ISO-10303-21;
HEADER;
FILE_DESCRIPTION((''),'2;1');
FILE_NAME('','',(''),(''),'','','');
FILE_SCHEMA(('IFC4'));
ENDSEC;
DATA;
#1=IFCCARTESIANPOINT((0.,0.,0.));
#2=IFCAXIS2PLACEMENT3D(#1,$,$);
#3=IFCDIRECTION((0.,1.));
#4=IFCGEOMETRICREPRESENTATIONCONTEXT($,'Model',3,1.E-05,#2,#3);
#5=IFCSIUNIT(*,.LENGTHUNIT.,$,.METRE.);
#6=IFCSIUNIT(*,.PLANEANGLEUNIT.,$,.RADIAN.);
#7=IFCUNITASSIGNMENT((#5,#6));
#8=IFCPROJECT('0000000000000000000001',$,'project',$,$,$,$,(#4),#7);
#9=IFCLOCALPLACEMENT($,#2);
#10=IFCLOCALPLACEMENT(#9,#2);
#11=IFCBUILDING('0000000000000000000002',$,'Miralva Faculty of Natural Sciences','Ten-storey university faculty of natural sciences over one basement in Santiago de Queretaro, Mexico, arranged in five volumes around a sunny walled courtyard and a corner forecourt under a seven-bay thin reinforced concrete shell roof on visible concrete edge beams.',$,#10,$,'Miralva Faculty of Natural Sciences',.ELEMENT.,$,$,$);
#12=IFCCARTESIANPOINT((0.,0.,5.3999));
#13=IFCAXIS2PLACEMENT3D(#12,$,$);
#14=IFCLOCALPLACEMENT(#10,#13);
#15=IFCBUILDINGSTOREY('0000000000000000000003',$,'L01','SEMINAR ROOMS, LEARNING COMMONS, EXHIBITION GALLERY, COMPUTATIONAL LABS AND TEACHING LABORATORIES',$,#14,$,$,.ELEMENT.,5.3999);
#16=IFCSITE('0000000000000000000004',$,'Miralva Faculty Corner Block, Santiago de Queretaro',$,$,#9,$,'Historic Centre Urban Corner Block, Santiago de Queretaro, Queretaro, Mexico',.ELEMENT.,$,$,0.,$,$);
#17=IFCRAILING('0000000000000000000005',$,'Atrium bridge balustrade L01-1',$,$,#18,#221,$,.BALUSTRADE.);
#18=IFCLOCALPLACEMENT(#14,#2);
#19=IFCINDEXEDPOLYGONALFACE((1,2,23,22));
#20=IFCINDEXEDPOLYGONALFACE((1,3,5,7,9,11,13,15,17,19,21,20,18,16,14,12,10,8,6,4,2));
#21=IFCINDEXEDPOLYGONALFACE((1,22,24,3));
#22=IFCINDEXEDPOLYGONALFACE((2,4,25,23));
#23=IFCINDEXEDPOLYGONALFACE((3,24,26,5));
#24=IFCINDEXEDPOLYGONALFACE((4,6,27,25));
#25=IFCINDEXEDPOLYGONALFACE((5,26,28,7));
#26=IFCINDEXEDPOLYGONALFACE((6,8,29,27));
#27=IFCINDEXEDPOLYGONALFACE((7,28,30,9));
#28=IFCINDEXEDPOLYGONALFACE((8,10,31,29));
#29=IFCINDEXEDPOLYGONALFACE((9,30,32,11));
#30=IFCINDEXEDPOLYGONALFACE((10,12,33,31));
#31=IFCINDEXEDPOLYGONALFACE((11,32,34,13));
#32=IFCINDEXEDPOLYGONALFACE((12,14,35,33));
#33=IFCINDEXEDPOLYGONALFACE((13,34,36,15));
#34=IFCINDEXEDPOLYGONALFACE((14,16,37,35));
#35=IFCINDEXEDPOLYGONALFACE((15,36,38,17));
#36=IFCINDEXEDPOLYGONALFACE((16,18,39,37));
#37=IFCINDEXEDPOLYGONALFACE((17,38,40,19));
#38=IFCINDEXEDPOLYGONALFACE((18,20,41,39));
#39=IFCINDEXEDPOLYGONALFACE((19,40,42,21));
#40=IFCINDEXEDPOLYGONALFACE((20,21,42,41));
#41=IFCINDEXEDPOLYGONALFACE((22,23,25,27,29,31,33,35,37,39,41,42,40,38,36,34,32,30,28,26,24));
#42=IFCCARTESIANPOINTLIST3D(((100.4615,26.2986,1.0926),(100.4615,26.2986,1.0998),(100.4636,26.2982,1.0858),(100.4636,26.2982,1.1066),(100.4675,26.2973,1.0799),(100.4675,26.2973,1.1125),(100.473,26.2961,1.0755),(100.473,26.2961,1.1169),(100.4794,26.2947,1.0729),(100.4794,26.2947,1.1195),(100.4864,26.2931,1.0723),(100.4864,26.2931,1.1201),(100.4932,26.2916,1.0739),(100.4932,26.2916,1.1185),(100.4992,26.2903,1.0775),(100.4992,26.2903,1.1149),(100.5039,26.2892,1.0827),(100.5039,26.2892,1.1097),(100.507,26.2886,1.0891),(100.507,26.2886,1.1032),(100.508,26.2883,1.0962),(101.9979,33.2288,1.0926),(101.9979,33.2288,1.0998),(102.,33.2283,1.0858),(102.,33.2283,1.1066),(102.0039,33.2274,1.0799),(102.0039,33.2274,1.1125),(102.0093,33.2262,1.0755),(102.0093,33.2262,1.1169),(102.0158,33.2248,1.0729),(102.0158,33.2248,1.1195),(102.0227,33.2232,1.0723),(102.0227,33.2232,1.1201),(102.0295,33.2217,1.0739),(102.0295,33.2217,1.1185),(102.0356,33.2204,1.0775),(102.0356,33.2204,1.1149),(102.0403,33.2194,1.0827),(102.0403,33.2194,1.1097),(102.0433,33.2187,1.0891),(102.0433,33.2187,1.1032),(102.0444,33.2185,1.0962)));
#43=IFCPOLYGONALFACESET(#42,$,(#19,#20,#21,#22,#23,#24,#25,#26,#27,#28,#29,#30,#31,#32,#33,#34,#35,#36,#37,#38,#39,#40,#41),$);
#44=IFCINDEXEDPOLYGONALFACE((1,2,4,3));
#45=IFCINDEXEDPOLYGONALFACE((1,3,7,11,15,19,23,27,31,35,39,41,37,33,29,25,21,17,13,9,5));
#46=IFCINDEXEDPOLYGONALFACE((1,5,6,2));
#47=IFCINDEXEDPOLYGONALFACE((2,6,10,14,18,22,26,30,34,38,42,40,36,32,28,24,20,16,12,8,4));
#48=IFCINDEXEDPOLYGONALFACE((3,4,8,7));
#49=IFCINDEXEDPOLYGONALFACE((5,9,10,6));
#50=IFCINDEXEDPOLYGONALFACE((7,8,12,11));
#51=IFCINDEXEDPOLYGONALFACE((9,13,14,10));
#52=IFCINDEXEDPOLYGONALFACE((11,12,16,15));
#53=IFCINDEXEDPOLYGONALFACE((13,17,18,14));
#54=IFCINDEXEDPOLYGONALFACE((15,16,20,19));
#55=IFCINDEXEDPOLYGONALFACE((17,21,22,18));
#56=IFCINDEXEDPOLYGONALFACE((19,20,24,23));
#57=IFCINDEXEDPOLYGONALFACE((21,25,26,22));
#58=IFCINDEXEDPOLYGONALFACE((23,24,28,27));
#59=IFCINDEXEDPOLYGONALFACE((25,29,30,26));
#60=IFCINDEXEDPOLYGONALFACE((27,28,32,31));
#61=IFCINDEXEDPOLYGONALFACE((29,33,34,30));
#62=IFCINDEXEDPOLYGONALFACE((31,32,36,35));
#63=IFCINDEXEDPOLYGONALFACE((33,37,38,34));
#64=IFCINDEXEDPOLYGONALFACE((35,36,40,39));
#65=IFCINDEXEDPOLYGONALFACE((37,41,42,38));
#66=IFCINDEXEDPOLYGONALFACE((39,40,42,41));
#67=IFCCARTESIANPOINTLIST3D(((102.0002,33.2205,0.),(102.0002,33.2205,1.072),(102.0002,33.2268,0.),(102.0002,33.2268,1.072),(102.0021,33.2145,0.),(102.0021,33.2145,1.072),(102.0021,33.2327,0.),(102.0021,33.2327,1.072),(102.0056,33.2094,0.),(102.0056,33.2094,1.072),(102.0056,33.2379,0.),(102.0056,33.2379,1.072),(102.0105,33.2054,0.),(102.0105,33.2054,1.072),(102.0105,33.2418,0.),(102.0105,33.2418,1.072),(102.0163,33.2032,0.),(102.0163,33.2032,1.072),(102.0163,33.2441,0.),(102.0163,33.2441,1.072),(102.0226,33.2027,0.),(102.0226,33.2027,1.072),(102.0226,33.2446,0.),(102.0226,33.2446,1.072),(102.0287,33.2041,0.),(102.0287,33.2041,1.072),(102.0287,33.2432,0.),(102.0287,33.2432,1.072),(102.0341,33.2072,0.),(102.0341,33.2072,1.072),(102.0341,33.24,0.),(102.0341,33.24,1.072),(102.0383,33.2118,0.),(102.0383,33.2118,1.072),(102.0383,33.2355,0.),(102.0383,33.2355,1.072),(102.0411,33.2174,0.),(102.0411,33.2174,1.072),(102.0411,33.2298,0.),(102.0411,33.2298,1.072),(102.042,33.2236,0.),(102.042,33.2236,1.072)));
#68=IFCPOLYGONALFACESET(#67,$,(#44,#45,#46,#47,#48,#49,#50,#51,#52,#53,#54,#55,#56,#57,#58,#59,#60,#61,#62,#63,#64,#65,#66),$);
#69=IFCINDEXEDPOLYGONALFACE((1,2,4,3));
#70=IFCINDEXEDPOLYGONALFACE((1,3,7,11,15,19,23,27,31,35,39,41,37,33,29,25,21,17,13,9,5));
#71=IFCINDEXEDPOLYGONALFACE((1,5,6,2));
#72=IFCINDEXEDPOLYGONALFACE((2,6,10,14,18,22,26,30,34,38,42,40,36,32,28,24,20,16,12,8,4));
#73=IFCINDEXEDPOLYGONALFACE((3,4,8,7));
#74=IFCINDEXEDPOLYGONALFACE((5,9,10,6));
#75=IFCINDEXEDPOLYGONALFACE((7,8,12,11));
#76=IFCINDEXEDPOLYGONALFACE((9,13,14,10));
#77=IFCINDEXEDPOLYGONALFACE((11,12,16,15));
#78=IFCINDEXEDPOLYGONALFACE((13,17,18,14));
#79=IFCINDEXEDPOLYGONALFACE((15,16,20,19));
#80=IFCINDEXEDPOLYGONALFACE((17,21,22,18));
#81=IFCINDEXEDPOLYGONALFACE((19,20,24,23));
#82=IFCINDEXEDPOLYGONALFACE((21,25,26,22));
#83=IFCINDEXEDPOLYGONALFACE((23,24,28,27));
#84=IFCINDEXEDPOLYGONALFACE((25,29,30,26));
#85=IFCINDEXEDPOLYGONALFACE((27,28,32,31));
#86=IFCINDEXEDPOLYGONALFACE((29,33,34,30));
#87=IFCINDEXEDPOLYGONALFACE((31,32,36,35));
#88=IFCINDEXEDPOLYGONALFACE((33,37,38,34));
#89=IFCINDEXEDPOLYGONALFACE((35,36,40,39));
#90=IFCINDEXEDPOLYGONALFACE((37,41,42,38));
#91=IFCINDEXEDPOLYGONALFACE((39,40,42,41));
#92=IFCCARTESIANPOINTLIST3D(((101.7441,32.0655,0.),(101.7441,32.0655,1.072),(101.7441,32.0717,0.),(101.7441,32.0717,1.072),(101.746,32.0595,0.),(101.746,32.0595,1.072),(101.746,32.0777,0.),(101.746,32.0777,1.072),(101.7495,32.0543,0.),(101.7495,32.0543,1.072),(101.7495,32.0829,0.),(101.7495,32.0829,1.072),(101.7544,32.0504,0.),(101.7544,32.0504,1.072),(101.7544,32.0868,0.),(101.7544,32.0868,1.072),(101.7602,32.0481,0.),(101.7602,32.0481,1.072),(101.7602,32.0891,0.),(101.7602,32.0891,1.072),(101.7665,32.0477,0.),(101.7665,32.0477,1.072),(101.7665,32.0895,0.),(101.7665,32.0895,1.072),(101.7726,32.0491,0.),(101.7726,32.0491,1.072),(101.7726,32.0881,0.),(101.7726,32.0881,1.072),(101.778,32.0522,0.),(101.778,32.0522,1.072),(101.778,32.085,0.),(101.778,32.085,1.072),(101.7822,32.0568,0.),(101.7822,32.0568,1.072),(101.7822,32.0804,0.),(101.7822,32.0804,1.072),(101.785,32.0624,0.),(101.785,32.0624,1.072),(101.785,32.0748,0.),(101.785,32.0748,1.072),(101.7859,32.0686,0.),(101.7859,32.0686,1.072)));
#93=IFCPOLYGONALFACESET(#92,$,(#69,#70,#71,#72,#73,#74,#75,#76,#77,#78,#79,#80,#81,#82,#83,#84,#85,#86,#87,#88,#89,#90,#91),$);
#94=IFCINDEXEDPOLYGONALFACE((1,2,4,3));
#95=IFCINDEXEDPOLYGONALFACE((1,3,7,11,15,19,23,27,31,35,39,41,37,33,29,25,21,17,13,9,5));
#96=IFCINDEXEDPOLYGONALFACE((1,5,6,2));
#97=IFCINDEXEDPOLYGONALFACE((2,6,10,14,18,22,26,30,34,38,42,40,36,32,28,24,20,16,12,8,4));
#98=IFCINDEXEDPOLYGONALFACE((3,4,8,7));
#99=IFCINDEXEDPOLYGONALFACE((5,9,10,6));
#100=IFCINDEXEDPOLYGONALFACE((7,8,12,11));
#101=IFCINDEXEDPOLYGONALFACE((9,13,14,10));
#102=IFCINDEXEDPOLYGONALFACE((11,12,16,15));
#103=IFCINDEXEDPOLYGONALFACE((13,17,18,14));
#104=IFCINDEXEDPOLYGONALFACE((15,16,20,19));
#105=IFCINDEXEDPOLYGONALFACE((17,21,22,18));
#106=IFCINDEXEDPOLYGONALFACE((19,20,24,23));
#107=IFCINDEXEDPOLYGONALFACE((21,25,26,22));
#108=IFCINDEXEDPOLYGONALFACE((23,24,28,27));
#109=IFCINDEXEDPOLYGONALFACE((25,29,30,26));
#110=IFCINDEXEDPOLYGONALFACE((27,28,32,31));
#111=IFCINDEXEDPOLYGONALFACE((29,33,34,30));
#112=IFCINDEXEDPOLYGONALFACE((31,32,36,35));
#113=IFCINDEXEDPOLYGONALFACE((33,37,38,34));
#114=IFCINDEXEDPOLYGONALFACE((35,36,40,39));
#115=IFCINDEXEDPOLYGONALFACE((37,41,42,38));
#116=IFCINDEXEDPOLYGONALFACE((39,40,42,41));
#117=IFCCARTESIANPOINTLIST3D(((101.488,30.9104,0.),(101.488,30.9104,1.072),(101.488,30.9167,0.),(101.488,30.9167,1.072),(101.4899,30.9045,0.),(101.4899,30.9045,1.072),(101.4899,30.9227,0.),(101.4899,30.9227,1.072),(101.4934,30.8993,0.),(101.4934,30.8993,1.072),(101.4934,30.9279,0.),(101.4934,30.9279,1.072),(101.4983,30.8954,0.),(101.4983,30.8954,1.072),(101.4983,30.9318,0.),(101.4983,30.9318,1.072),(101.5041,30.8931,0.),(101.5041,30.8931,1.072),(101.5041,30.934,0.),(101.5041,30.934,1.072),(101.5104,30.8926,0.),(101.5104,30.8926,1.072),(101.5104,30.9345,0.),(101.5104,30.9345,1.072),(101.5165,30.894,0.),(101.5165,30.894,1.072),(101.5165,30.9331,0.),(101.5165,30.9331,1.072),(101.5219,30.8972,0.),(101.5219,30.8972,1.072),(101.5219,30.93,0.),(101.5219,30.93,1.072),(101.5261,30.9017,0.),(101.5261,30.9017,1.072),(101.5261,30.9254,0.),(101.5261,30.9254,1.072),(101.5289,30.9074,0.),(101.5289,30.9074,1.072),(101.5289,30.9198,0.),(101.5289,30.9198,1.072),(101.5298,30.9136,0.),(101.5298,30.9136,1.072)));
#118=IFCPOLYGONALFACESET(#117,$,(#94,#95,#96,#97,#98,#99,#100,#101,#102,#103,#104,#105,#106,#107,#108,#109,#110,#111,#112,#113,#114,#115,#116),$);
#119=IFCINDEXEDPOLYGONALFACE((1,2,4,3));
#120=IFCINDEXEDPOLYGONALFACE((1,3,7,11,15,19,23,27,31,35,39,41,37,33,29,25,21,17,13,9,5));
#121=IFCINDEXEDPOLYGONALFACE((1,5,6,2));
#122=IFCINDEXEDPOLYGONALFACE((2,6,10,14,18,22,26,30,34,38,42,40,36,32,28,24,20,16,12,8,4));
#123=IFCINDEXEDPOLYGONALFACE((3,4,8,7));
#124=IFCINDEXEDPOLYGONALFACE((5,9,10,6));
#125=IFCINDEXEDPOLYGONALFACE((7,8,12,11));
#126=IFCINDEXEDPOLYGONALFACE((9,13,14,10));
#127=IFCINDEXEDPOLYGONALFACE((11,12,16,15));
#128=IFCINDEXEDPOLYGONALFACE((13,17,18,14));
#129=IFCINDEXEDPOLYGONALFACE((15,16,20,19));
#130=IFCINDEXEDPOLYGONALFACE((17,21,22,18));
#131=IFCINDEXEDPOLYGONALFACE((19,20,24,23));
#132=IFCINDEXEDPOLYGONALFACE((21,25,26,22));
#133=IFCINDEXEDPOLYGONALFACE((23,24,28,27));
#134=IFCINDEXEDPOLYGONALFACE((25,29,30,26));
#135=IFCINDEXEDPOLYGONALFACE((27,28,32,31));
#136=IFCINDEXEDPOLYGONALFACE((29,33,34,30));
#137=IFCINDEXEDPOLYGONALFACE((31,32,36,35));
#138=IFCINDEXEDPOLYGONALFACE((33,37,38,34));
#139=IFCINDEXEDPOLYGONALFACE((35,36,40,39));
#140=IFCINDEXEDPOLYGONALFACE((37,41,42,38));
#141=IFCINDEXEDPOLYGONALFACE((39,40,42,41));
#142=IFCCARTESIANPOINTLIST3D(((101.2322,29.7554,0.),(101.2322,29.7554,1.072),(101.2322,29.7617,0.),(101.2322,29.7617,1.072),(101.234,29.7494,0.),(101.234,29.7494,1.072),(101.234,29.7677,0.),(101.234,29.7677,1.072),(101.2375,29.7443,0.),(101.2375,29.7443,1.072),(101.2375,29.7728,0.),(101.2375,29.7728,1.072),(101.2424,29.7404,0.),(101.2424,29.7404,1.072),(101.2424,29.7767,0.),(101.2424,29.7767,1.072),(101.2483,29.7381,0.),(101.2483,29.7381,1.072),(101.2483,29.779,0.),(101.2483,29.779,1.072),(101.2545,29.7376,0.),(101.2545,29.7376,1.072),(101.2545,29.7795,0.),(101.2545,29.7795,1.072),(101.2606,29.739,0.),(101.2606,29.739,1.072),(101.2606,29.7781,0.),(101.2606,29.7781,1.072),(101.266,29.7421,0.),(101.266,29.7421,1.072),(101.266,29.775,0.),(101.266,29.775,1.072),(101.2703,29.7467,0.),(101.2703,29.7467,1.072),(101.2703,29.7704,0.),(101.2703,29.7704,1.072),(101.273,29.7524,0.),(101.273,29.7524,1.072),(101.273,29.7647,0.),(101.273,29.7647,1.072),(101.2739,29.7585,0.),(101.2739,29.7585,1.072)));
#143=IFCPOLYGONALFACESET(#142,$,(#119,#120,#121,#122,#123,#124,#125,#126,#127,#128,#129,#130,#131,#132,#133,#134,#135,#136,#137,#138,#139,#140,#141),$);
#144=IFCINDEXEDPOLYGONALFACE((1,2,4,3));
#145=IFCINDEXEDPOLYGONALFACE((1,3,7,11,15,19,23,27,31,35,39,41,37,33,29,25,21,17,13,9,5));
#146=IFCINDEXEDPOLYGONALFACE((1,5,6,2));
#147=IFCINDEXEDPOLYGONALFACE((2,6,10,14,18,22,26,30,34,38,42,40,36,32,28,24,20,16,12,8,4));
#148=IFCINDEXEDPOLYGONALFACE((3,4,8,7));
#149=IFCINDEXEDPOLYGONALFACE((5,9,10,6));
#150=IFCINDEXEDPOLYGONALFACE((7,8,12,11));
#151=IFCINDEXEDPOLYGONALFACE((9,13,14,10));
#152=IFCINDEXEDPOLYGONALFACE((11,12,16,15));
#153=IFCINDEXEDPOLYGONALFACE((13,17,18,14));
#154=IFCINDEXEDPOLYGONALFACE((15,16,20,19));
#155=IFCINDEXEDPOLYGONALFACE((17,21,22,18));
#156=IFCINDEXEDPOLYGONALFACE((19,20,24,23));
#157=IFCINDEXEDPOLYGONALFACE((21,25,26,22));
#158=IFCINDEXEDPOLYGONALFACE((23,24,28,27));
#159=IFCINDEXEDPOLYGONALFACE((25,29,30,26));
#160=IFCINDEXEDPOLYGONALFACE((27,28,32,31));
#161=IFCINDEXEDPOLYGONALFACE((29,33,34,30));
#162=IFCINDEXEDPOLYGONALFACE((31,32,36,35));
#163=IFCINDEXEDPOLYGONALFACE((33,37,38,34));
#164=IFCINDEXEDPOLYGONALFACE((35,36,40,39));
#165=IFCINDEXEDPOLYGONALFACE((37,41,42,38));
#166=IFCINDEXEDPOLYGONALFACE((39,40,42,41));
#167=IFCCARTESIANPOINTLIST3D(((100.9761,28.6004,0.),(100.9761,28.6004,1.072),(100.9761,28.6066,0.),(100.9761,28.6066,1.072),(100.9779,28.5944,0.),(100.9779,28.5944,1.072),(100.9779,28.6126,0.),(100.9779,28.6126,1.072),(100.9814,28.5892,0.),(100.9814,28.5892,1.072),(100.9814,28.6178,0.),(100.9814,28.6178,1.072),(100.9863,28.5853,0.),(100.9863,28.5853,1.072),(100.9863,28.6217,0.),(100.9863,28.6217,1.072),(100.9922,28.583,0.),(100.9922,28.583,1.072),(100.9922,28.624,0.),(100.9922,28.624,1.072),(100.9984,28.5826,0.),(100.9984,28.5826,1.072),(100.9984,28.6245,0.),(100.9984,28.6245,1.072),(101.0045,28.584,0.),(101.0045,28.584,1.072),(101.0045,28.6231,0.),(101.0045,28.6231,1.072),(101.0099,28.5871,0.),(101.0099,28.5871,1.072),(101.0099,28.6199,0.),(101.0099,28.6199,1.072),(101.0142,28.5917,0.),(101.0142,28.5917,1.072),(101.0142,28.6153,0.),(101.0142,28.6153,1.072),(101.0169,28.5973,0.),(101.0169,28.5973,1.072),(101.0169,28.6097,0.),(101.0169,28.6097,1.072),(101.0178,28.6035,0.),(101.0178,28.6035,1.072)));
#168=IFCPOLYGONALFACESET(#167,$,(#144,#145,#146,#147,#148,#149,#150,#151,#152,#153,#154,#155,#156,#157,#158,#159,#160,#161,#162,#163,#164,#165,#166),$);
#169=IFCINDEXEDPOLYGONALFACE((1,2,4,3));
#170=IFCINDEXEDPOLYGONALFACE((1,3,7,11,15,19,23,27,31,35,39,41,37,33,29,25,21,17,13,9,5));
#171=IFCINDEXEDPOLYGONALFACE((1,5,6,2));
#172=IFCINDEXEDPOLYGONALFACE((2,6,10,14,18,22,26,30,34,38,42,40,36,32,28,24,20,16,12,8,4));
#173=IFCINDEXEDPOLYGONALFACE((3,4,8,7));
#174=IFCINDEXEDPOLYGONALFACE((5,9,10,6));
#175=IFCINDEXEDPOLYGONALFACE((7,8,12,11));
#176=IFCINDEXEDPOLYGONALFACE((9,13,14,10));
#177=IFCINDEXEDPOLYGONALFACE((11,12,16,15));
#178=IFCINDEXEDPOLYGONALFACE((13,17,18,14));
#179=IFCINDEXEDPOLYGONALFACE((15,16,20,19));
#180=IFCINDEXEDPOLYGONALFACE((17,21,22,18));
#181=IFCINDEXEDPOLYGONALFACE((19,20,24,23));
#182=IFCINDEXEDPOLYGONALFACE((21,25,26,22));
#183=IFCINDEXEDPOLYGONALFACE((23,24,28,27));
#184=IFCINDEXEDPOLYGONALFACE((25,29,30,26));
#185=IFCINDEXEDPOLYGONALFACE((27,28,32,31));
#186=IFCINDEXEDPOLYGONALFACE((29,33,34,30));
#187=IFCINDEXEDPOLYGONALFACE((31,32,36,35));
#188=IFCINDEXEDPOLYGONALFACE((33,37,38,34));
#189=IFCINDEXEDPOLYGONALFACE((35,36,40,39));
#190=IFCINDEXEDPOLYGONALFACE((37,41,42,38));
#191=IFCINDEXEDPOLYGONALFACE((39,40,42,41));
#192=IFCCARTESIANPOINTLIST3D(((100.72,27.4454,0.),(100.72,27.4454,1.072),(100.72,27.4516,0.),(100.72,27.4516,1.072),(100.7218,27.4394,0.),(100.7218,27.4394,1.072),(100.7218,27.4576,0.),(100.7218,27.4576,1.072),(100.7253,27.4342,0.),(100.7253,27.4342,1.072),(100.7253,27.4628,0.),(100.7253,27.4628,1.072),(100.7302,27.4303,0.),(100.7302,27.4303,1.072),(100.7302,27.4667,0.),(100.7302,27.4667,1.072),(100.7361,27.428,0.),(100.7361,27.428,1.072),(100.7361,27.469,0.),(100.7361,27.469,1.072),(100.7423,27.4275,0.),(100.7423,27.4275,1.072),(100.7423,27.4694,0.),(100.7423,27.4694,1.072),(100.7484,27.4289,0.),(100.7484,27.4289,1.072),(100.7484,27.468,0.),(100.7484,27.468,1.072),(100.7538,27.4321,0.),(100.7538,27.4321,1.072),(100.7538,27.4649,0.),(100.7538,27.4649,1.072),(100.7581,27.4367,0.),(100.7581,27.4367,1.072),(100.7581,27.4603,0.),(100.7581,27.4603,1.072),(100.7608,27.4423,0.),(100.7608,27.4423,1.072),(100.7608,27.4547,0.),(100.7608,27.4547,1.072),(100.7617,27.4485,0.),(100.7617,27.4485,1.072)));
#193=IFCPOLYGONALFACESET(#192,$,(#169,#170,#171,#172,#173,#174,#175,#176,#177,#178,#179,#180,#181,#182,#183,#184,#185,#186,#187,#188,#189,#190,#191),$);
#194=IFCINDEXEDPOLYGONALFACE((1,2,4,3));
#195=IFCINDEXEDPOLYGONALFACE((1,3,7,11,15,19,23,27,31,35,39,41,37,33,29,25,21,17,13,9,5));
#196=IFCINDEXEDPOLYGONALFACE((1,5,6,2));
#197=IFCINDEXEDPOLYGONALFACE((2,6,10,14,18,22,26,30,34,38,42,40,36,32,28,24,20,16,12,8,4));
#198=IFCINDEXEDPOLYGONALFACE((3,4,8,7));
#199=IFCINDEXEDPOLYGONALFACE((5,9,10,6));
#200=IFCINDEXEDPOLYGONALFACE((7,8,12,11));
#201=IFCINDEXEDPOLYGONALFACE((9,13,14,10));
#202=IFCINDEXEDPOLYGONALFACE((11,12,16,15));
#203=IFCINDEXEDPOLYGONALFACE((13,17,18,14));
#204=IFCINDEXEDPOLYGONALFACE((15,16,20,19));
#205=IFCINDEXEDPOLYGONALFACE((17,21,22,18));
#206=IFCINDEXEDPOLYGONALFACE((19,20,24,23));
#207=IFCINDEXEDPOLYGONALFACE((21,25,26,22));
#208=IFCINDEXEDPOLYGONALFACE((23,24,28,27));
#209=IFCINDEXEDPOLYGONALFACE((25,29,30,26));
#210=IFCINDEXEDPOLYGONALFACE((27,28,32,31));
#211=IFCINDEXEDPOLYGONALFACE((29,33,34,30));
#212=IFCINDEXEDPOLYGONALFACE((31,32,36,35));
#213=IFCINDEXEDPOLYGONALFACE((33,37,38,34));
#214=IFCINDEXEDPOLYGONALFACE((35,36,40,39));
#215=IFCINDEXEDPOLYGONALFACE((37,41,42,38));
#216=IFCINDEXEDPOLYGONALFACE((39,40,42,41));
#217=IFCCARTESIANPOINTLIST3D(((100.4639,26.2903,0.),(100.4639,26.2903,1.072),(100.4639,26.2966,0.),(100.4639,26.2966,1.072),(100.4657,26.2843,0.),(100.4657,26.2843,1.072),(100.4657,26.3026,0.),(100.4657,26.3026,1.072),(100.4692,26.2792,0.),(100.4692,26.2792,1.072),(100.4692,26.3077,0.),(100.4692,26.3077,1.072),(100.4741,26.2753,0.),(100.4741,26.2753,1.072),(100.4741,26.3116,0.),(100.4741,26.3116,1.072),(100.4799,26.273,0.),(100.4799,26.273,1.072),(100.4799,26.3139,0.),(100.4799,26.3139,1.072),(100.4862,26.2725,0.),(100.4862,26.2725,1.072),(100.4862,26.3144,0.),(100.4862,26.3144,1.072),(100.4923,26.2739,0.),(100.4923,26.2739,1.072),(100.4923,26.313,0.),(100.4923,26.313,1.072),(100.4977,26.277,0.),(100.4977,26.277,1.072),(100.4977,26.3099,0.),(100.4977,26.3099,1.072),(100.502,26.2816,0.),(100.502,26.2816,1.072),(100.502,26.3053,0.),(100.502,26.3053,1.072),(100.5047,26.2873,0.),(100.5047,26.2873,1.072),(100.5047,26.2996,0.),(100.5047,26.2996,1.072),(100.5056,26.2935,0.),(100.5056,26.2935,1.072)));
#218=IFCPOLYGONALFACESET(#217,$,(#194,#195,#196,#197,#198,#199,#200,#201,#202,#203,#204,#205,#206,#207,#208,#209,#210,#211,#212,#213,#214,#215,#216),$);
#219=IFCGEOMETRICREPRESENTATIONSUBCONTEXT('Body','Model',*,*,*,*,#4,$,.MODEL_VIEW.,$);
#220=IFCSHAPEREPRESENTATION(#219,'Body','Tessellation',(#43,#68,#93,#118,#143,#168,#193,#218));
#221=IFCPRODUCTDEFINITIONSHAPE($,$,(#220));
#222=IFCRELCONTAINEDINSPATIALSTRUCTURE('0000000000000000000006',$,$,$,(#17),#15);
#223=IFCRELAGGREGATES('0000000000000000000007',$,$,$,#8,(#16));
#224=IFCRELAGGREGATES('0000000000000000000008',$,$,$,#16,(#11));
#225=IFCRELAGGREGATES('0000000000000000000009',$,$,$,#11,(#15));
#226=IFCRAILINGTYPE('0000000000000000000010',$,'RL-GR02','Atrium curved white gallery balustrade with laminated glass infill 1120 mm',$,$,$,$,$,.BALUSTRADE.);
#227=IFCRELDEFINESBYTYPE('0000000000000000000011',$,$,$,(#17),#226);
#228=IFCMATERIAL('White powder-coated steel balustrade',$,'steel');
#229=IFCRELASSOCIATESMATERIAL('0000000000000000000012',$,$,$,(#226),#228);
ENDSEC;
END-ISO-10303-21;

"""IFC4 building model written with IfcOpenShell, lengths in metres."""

from ifc_helpers import new_model, si_unit, direction, frame, origin, origin_2d, place, context, subcontext, project, spatial, circle, extrude, material, type_object, element, save


model = new_model("IFC4")

# Units and contexts
model_context = context("Model", 3, precision=1e-05, world=origin(), true_north=direction((0.0, 1.0)))
body_context = subcontext(model_context, "Body", "Model", "MODEL_VIEW")
ifc_project = project(units=[si_unit("LENGTHUNIT", "METRE"), si_unit("PLANEANGLEUNIT", "RADIAN")], contexts=[model_context])

# Site, building, storey
site_placement = place(None, origin())
site = spatial("IfcSite", under=ifc_project, at=site_placement, Name="Miralva Faculty Corner Block, Santiago de Queretaro", LongName="Historic Centre Urban Corner Block, Santiago de Queretaro, Queretaro, Mexico", CompositionType="ELEMENT", RefElevation=0.0)
building_placement = place(site_placement, origin())
building = spatial("IfcBuilding", under=site, at=building_placement, Name="Miralva Faculty of Natural Sciences", Description="Ten-storey university faculty of natural sciences over one basement in Santiago de Queretaro, Mexico, arranged in five volumes around a sunny walled courtyard and a corner forecourt under a seven-bay thin reinforced concrete shell roof on visible concrete edge beams.", LongName="Miralva Faculty of Natural Sciences", CompositionType="ELEMENT")
storey_placement = place(building_placement, frame((0.0, 0.0, 5.3999)))
storey = spatial("IfcBuildingStorey", under=building, at=storey_placement, Name="L01", Description="SEMINAR ROOMS, LEARNING COMMONS, EXHIBITION GALLERY, COMPUTATIONAL LABS AND TEACHING LABORATORIES", CompositionType="ELEMENT", Elevation=5.3999)

# Railing
ifc_material_1 = material(Name="White powder-coated steel balustrade", Category="steel")
railing_type = type_object("IfcRailingType", Name="RL-GR02", Description="Atrium curved white gallery balustrade with laminated glass infill 1120 mm", PredefinedType="BALUSTRADE", material=ifc_material_1)
railing_1_placement = place(storey_placement, frame((102.021, 33.2236, 0.0)))
element("IfcRailing", 1, at=railing_1_placement, inside=storey, type_object=railing_type, Name="Atrium bridge balustrade L01-1", PredefinedType="BALUSTRADE", context=body_context, shape_type="SweptSolid", body=[
    extrude(circle(Radius=0.0239, at=origin_2d()), frame((0.0, 0.0, 1.0962), z_axis=(-0.216439, -0.976296, 0.0), x_axis=(0.976296, -0.216439, 0.0)), (0.0, 0.0, 1.0), 7.0984),
    extrude(circle(Radius=0.021, at=origin_2d()), origin(), (0.0, 0.0, 1.0), 1.072),
    extrude(circle(Radius=0.021, at=origin_2d()), frame((-0.2561, -1.155, 0.0)), (0.0, 0.0, 1.0), 1.072),
    extrude(circle(Radius=0.021, at=origin_2d()), frame((-0.5122, -2.3101, 0.0)), (0.0, 0.0, 1.0), 1.072),
    extrude(circle(Radius=0.021, at=origin_2d()), frame((-0.7681, -3.4651, 0.0)), (0.0, 0.0, 1.0), 1.072),
    extrude(circle(Radius=0.021, at=origin_2d()), frame((-1.0242, -4.6201, 0.0)), (0.0, 0.0, 1.0), 1.072),
    extrude(circle(Radius=0.021, at=origin_2d()), frame((-1.2803, -5.7751, 0.0)), (0.0, 0.0, 1.0), 1.072),
    extrude(circle(Radius=0.021, at=origin_2d()), frame((-1.5364, -6.9302, 0.0)), (0.0, 0.0, 1.0), 1.072),
])

save(model, "model.ifc")
